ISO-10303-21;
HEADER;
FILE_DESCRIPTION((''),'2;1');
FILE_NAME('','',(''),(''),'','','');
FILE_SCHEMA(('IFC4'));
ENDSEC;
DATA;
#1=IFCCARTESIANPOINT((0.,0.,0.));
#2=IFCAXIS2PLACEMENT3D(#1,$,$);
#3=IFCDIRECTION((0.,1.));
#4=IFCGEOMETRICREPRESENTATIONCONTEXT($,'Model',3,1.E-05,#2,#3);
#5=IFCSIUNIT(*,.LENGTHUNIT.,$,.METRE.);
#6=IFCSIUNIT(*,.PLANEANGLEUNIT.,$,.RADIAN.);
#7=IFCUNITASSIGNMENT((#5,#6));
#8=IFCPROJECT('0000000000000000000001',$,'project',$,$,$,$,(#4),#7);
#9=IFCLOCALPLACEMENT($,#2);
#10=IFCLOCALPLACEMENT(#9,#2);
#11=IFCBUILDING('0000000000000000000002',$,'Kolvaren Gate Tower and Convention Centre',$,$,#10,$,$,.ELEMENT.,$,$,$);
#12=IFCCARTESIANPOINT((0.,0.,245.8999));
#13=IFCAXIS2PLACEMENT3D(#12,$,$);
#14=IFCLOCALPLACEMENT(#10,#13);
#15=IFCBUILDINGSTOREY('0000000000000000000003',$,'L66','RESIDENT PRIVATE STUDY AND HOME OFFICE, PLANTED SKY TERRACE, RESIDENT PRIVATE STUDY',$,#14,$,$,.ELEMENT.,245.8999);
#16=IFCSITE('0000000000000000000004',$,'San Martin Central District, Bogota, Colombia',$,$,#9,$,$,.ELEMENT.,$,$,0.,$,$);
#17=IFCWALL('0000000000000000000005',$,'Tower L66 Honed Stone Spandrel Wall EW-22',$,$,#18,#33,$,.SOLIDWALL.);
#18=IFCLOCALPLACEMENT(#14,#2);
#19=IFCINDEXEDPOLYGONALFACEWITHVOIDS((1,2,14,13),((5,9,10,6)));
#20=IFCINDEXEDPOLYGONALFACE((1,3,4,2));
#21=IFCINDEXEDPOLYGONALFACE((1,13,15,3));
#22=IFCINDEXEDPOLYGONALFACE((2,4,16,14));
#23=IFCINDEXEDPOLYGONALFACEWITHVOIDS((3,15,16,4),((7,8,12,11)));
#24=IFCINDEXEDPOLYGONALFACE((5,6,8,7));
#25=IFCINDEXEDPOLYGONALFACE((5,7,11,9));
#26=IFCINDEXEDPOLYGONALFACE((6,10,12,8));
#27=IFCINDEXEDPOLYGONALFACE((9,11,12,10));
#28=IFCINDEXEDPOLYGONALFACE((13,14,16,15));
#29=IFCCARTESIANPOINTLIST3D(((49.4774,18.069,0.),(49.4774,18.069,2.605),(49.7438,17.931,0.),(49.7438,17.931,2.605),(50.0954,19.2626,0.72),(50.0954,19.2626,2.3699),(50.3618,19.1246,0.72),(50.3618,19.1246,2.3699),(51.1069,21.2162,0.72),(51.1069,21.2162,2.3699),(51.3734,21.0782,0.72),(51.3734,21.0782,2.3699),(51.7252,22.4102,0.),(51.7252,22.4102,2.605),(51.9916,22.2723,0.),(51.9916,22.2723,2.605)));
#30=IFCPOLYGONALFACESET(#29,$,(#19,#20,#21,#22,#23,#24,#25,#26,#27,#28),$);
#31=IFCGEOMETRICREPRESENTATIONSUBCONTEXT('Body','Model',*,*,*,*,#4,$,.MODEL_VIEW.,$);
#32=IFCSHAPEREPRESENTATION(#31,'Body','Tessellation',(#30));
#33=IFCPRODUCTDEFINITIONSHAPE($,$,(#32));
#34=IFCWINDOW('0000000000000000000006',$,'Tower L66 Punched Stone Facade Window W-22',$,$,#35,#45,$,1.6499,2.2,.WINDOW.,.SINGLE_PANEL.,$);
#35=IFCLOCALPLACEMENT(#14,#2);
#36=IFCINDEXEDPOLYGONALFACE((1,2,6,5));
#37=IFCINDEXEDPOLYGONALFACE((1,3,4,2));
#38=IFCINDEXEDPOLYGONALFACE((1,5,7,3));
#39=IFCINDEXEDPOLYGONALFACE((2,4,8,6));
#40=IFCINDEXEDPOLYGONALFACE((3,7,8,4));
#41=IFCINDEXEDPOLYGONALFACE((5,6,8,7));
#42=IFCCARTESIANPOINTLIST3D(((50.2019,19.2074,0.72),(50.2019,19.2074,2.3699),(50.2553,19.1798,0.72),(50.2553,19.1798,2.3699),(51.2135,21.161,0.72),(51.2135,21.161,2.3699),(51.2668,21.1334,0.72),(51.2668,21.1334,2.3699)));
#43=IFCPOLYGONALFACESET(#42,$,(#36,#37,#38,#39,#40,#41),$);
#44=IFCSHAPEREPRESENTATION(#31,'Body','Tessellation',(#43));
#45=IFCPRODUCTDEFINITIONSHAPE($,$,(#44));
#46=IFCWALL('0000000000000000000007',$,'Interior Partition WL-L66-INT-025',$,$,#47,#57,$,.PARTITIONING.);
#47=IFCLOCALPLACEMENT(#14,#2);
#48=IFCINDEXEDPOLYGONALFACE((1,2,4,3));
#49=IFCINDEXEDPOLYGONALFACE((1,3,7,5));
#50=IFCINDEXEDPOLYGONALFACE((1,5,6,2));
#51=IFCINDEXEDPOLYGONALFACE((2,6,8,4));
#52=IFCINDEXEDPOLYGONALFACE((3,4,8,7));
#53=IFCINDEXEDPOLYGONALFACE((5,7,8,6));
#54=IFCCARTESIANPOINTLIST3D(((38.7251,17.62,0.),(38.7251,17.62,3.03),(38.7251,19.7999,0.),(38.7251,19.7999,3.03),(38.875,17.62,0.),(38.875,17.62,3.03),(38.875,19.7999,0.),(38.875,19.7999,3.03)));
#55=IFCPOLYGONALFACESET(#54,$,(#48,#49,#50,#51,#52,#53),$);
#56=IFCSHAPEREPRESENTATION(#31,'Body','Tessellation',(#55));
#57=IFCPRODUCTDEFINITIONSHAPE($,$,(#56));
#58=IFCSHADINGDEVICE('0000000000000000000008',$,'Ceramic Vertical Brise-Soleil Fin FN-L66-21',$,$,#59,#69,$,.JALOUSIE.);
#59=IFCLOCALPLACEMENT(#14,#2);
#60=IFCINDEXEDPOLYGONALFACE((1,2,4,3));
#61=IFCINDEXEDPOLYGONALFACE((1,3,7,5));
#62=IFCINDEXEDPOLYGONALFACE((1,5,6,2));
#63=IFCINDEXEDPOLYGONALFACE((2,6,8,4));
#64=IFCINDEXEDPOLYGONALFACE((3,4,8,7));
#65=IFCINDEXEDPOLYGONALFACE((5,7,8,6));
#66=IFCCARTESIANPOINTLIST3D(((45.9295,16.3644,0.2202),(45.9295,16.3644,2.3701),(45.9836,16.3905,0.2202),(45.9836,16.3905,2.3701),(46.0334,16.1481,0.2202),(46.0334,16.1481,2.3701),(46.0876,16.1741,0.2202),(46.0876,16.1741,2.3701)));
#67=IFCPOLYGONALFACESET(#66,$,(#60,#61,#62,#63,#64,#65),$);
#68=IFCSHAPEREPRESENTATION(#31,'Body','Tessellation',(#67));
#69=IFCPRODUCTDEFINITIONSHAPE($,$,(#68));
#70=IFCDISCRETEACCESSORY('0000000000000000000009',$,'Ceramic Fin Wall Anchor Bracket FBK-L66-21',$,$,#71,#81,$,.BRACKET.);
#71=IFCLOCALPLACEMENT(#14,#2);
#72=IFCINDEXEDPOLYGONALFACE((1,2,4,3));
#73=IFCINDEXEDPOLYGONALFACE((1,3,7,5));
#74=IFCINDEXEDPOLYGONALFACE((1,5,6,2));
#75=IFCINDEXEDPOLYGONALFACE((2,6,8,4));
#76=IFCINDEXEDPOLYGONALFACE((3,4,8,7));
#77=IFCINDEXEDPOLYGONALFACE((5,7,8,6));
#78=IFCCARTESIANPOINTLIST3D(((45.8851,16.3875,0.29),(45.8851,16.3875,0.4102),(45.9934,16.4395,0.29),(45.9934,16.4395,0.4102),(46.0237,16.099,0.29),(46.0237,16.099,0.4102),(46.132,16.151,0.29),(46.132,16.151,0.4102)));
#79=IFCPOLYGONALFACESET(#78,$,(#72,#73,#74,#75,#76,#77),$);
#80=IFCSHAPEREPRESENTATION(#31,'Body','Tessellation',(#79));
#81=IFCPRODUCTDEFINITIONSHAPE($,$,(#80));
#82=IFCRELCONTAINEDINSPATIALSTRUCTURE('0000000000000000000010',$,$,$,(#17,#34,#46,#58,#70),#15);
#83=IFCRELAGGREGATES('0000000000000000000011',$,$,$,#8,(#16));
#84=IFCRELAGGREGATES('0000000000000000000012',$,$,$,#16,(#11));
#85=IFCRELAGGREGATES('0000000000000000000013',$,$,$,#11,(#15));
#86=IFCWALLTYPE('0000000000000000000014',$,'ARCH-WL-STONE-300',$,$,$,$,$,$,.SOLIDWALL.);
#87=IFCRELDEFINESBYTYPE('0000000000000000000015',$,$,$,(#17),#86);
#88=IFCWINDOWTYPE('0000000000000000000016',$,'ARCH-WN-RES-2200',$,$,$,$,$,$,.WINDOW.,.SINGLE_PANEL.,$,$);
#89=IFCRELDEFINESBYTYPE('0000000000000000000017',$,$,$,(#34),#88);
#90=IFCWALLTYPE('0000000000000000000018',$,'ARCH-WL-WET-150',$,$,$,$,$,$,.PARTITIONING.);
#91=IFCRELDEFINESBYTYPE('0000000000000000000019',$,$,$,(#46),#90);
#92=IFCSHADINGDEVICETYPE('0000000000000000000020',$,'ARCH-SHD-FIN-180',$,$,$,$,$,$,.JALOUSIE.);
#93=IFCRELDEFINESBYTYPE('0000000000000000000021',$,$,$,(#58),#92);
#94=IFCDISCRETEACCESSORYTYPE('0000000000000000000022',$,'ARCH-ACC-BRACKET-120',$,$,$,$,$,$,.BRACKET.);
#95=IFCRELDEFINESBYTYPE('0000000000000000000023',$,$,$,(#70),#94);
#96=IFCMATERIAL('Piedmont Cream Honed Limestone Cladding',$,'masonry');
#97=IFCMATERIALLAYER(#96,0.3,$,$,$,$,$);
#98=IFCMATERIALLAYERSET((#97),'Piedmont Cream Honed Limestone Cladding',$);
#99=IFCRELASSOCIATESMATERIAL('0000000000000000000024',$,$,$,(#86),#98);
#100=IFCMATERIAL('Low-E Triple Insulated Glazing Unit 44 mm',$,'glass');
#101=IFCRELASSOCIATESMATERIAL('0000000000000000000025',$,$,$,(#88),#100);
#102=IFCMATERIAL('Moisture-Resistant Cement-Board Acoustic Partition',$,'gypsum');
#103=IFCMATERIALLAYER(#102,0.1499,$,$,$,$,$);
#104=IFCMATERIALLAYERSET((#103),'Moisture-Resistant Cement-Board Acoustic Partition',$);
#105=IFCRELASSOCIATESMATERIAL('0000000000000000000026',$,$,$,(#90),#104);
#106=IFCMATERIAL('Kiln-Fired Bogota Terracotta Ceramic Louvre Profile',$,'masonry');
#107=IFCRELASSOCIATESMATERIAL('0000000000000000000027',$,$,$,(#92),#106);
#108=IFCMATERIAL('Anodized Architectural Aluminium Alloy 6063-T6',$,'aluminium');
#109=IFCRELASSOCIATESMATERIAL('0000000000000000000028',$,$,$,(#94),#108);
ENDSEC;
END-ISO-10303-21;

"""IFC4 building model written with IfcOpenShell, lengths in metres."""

from ifc_helpers import new_model, si_unit, direction, frame, frame_2d, origin, origin_2d, place, context, subcontext, project, spatial, rectangle, extrude, material, layer, layer_set, type_object, element, fill, save


model = new_model("IFC4")

# Units and contexts
model_context = context("Model", 3, precision=1e-05, world=origin(), true_north=direction((0.0, 1.0)))
body_context = subcontext(model_context, "Body", "Model", "MODEL_VIEW")
ifc_project = project(units=[si_unit("LENGTHUNIT", "METRE"), si_unit("PLANEANGLEUNIT", "RADIAN")], contexts=[model_context])

# Site, building, storey
site_placement = place(None, origin())
site = spatial("IfcSite", under=ifc_project, at=site_placement, Name="San Martin Central District, Bogota, Colombia", CompositionType="ELEMENT", RefElevation=0.0)
building_placement = place(site_placement, origin())
building = spatial("IfcBuilding", under=site, at=building_placement, Name="Kolvaren Gate Tower and Convention Centre", CompositionType="ELEMENT")
storey_placement = place(building_placement, frame((0.0, 0.0, 245.8999)))
storey = spatial("IfcBuildingStorey", under=building, at=storey_placement, Name="L66", Description="RESIDENT PRIVATE STUDY AND HOME OFFICE, PLANTED SKY TERRACE, RESIDENT PRIVATE STUDY", CompositionType="ELEMENT", Elevation=245.8999)

# Shared definitions
ifc_material_1 = material(Name="Piedmont Cream Honed Limestone Cladding", Category="masonry")

# Shared definitions
ifc_layer_1 = layer(ifc_material_1, 0.3)
ifc_layer_set_1 = layer_set([ifc_layer_1], Name="Piedmont Cream Honed Limestone Cladding")
wall_type_1 = type_object("IfcWallType", Name="ARCH-WL-STONE-300", PredefinedType="SOLIDWALL", material=ifc_layer_set_1)
ifc_material_2 = material(Name="Anodized Architectural Aluminium Alloy 6063-T6", Category="aluminium")

# Wall, opening, window
ifc_material_3 = material(Name="Low-E Triple Insulated Glazing Unit 44 mm", Category="glass")
window_type = type_object("IfcWindowType", Name="ARCH-WN-RES-2200", PartitioningType="SINGLE_PANEL", PredefinedType="WINDOW", material=ifc_material_3)
wall_1_placement = place(storey_placement, frame((49.6106, 18.0, 0.0), z_axis=(0.0, 0.0, 1.0), x_axis=(0.459794, 0.888026, 0.0)))
wall_1 = element("IfcWall", 1, at=wall_1_placement, inside=storey, type_object=wall_type_1, Name="Tower L66 Honed Stone Spandrel Wall EW-22", PredefinedType="SOLIDWALL", context=body_context, shape_type="SweptSolid", body=[
    extrude(rectangle(XDim=4.8887, YDim=0.3, at=frame_2d((2.4443, 0.0))), origin(), (0.0, 0.0, 1.0), 2.605),
])
opening_1_placement = place(wall_1_placement, frame((1.344, 0.0, 0.72)))
opening_1 = element("IfcOpeningElement", 2, at=opening_1_placement, cuts=wall_1, PredefinedType="OPENING", context=body_context, shape_type="SweptSolid", body=[
    extrude(rectangle(XDim=2.2, YDim=1.6499, at=frame_2d((1.1001, 0.825))), frame((0.0, 0.1599, 0.0), z_axis=(0.0, -1.0, 0.0), x_axis=(1.0, 0.0, 0.0)), (0.0, 0.0, 1.0), 0.3201),
])
window_1_placement = place(opening_1_placement, origin())
window_1 = element("IfcWindow", 3, at=window_1_placement, inside=storey, type_object=window_type, Name="Tower L66 Punched Stone Facade Window W-22", OverallHeight=1.6499, OverallWidth=2.2, PartitioningType="SINGLE_PANEL", PredefinedType="WINDOW", context=body_context, shape_type="SweptSolid", body=[
    extrude(rectangle(XDim=2.2, YDim=1.6499, at=frame_2d((1.1001, 0.825))), frame((0.0, 0.03, 0.0), z_axis=(0.0, -1.0, 0.0), x_axis=(1.0, 0.0, 0.0)), (0.0, 0.0, 1.0), 0.0601),
])
fill(opening_1, window_1)

# Wall
ifc_material_4 = material(Name="Moisture-Resistant Cement-Board Acoustic Partition", Category="gypsum")
ifc_layer_2 = layer(ifc_material_4, 0.1499)
ifc_layer_set_2 = layer_set([ifc_layer_2], Name="Moisture-Resistant Cement-Board Acoustic Partition")
wall_type_2 = type_object("IfcWallType", Name="ARCH-WL-WET-150", PredefinedType="PARTITIONING", material=ifc_layer_set_2)
wall_2_placement = place(storey_placement, frame((38.8, 17.6201, 0.0), z_axis=(0.0, 0.0, 1.0), x_axis=(0.0, 1.0, 0.0)))
element("IfcWall", 4, at=wall_2_placement, inside=storey, type_object=wall_type_2, Name="Interior Partition WL-L66-INT-025", PredefinedType="PARTITIONING", context=body_context, shape_type="SweptSolid", body=[
    extrude(rectangle(XDim=2.1799, YDim=0.1499, at=frame_2d((1.0898, 0.0))), origin(), (0.0, 0.0, 1.0), 3.03),
])

# Shading device
ifc_material_5 = material(Name="Kiln-Fired Bogota Terracotta Ceramic Louvre Profile", Category="masonry")
shading_device_type = type_object("IfcShadingDeviceType", Name="ARCH-SHD-FIN-180", PredefinedType="JALOUSIE", material=ifc_material_5)
shading_device_placement = place(storey_placement, frame((46.0085, 16.2693, 0.2202), z_axis=(0.0, 0.0, 1.0), x_axis=(0.901358, 0.433076, 0.0)))
element("IfcShadingDevice", 5, at=shading_device_placement, inside=storey, type_object=shading_device_type, Name="Ceramic Vertical Brise-Soleil Fin FN-L66-21", PredefinedType="JALOUSIE", context=body_context, shape_type="SweptSolid", body=[
    extrude(rectangle(XDim=0.0601, YDim=0.24, at=origin_2d()), origin(), (0.0, 0.0, 1.0), 2.1499),
])

# Discrete accessory
discrete_accessory_type = type_object("IfcDiscreteAccessoryType", Name="ARCH-ACC-BRACKET-120", PredefinedType="BRACKET", material=ifc_material_2)
discrete_accessory_placement = place(storey_placement, frame((46.0085, 16.2693, 0.29), z_axis=(0.0, 0.0, 1.0), x_axis=(0.901358, 0.433076, 0.0)))
element("IfcDiscreteAccessory", 6, at=discrete_accessory_placement, inside=storey, type_object=discrete_accessory_type, Name="Ceramic Fin Wall Anchor Bracket FBK-L66-21", PredefinedType="BRACKET", context=body_context, shape_type="SweptSolid", body=[
    extrude(rectangle(XDim=0.1201, YDim=0.3201, at=origin_2d()), origin(), (0.0, 0.0, 1.0), 0.1201),
])

save(model, "model.ifc")
